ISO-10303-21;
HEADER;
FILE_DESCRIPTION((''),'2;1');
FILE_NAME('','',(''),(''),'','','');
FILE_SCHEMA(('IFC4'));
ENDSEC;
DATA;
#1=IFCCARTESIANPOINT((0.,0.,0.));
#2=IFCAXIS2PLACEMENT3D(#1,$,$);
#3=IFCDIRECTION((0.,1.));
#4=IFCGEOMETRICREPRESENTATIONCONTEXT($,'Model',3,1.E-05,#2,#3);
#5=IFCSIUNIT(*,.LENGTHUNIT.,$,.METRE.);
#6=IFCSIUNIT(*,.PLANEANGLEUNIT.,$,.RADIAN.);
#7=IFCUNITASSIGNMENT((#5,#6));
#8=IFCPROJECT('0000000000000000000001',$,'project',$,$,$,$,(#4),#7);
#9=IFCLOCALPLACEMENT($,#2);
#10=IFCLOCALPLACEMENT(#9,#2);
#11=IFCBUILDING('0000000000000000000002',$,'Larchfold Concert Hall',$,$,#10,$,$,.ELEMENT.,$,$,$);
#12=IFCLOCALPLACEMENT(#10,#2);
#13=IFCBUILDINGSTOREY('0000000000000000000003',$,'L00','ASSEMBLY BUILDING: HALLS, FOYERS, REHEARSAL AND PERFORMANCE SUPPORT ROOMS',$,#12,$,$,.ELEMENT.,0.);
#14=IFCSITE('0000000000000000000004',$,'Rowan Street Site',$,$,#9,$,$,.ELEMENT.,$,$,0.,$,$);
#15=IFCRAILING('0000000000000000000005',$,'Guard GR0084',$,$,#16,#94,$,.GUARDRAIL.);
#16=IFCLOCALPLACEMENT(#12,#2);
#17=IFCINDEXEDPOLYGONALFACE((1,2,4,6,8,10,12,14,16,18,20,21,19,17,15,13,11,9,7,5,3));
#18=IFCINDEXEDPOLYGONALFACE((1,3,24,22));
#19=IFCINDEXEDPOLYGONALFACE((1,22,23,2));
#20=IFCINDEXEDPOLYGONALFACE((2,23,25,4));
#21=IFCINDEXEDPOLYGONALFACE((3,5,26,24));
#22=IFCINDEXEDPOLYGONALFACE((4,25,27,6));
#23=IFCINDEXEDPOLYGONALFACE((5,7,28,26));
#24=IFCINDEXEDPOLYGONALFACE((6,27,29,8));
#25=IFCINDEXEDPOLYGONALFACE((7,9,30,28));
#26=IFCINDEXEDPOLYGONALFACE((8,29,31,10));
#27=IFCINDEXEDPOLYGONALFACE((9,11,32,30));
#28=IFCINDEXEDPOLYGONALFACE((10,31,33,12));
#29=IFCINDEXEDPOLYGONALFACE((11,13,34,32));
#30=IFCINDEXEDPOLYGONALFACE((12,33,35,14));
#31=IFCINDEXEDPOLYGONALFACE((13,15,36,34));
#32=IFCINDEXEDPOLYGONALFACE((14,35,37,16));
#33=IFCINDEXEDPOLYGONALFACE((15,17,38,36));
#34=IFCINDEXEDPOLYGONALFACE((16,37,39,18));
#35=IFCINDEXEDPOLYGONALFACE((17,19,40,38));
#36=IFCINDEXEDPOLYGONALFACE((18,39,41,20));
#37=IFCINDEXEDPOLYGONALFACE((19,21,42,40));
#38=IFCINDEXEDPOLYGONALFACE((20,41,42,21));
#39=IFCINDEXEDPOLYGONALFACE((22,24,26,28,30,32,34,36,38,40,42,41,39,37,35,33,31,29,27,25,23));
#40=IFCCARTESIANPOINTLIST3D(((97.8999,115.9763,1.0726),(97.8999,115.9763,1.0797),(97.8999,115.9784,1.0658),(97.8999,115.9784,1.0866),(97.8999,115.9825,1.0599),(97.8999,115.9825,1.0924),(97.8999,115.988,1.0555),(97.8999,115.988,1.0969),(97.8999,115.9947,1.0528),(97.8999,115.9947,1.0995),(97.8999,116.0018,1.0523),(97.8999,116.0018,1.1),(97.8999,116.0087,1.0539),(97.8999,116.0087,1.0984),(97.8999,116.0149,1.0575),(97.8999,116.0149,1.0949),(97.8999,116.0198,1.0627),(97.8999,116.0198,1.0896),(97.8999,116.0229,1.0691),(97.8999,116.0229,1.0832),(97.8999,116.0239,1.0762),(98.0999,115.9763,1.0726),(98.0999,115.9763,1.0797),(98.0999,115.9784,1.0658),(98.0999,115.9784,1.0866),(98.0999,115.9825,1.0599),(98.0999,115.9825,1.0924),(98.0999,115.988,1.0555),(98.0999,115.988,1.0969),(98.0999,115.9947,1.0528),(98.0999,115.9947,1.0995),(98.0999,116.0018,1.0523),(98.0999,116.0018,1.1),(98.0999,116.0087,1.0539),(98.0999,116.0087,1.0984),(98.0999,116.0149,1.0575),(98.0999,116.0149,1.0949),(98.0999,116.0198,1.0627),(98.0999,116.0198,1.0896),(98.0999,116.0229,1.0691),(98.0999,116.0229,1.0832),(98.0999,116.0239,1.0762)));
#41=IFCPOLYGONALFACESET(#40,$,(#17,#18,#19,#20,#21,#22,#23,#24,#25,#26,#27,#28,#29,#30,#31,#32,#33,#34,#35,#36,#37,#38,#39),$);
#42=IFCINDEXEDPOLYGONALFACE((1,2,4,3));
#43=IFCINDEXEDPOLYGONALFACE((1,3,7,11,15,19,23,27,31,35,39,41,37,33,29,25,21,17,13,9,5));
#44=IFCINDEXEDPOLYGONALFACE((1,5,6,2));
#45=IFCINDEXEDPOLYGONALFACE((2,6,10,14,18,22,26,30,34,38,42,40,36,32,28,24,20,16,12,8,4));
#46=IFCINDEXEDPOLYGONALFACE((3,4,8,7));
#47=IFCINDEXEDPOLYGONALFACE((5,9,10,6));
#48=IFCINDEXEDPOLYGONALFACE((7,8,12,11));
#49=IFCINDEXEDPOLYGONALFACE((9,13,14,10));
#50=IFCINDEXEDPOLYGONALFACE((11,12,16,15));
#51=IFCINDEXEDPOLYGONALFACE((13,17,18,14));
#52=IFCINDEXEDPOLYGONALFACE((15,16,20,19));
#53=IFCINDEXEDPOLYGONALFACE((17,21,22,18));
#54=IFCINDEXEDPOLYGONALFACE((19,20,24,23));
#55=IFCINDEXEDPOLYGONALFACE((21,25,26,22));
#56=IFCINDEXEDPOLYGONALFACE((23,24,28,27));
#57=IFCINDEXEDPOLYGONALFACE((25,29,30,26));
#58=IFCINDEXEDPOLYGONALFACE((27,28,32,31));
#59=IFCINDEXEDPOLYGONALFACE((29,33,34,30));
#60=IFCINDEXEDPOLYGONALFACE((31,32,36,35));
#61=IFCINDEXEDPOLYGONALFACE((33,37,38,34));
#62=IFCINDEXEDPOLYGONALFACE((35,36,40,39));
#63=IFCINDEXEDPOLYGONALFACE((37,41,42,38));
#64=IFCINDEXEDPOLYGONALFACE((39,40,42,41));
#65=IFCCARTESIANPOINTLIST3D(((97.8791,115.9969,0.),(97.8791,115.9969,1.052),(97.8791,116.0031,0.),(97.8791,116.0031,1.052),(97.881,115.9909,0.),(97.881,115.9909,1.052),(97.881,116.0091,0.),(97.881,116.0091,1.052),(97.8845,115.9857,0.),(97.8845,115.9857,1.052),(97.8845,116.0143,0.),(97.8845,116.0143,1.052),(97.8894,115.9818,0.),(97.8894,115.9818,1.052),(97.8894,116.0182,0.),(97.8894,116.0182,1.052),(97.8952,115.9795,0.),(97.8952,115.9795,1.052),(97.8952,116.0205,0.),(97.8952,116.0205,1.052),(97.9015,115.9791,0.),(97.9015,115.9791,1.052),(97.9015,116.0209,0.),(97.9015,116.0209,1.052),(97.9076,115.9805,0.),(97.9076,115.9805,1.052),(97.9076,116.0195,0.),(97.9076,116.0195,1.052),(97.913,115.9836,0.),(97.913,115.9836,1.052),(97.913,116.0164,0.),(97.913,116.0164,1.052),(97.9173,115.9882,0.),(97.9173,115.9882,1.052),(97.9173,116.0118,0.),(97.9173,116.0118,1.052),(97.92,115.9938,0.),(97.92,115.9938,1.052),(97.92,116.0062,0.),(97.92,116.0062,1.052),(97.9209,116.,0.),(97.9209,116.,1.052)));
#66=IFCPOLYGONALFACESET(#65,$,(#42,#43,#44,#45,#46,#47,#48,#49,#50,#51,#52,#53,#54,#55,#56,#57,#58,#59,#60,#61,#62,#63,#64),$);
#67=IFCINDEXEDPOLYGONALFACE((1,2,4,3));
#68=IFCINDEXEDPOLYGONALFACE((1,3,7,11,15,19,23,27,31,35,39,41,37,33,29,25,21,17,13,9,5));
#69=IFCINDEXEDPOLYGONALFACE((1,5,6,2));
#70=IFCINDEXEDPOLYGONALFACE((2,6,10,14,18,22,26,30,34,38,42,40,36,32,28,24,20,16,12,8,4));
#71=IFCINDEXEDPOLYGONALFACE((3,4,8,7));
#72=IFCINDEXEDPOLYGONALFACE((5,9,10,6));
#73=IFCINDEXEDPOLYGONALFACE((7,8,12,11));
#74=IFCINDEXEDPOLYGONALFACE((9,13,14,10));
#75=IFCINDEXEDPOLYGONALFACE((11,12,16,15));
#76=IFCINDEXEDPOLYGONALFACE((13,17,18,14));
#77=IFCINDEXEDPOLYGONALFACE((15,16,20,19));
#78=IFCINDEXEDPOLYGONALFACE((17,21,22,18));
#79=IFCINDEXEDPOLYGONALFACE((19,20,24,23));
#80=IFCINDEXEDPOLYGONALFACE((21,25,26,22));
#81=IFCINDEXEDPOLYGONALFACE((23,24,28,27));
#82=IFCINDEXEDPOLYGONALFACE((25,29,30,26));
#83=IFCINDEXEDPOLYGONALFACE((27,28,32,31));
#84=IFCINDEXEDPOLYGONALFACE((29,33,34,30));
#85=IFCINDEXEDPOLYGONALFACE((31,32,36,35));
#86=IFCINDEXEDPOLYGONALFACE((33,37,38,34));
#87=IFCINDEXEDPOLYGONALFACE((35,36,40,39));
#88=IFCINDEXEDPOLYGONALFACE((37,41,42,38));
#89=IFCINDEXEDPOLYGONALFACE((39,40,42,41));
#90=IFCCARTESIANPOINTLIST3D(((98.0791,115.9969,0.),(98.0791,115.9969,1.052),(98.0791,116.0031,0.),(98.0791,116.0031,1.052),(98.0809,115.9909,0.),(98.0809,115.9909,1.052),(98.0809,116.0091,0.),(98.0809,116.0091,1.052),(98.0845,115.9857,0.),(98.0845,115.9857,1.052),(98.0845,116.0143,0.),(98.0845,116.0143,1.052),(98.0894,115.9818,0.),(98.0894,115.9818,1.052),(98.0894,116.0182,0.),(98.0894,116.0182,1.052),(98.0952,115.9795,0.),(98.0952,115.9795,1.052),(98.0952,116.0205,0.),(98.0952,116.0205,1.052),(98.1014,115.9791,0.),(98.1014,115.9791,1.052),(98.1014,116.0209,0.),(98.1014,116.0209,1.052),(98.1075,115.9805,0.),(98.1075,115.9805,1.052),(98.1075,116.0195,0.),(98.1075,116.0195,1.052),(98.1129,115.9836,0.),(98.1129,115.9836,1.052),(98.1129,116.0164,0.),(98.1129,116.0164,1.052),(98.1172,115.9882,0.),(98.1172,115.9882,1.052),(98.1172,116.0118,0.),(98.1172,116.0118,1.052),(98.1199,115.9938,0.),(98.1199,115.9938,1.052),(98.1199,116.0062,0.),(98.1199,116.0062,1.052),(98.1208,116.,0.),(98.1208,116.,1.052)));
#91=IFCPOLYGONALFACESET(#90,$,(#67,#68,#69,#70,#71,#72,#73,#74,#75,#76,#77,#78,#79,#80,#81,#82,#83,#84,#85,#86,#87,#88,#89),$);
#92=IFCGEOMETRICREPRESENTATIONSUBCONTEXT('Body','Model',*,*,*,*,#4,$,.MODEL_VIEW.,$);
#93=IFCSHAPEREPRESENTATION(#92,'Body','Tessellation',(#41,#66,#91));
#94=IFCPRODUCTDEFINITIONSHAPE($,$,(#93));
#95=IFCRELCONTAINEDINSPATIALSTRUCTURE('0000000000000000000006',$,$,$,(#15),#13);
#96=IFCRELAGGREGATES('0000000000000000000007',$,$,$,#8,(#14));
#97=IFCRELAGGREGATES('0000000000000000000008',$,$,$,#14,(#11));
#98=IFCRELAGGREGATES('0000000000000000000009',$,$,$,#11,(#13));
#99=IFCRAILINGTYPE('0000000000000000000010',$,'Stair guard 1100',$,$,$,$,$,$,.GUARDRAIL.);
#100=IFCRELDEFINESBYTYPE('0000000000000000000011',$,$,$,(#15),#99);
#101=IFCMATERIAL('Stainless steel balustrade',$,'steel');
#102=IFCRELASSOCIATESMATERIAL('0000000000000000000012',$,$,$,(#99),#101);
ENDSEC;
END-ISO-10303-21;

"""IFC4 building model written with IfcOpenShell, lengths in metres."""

from ifc_helpers import new_model, si_unit, direction, frame, origin, origin_2d, place, context, subcontext, project, spatial, circle, extrude, material, type_object, element, save


model = new_model("IFC4")

# Units and contexts
model_context = context("Model", 3, precision=1e-05, world=origin(), true_north=direction((0.0, 1.0)))
body_context = subcontext(model_context, "Body", "Model", "MODEL_VIEW")
ifc_project = project(units=[si_unit("LENGTHUNIT", "METRE"), si_unit("PLANEANGLEUNIT", "RADIAN")], contexts=[model_context])

# Site, building, storey
site_placement = place(None, origin())
site = spatial("IfcSite", under=ifc_project, at=site_placement, Name="Rowan Street Site", CompositionType="ELEMENT", RefElevation=0.0)
building_placement = place(site_placement, origin())
building = spatial("IfcBuilding", under=site, at=building_placement, Name="Larchfold Concert Hall", CompositionType="ELEMENT")
storey_placement = place(building_placement, origin())
storey = spatial("IfcBuildingStorey", under=building, at=storey_placement, Name="L00", Description="ASSEMBLY BUILDING: HALLS, FOYERS, REHEARSAL AND PERFORMANCE SUPPORT ROOMS", CompositionType="ELEMENT", Elevation=0.0)

# Railing
ifc_material_1 = material(Name="Stainless steel balustrade", Category="steel")
railing_type_1 = type_object("IfcRailingType", Name="Stair guard 1100", PredefinedType="GUARDRAIL", material=ifc_material_1)
railing_1_placement = place(storey_placement, frame((97.8999, 116.0, 0.0)))
element("IfcRailing", 1, at=railing_1_placement, inside=storey, type_object=railing_type_1, Name="Guard GR0084", PredefinedType="GUARDRAIL", context=body_context, shape_type="SweptSolid", body=[
    extrude(circle(Radius=0.0239, at=origin_2d()), frame((0.0, 0.0, 1.0762), z_axis=(1.0, 0.0, 0.0), x_axis=(0.0, 1.0, 0.0)), (0.0, 0.0, 1.0), 0.2),
    extrude(circle(Radius=0.021, at=origin_2d()), origin(), (0.0, 0.0, 1.0), 1.052),
    extrude(circle(Radius=0.021, at=origin_2d()), frame((0.2, 0.0, 0.0)), (0.0, 0.0, 1.0), 1.052),
])

save(model, "model.ifc")
